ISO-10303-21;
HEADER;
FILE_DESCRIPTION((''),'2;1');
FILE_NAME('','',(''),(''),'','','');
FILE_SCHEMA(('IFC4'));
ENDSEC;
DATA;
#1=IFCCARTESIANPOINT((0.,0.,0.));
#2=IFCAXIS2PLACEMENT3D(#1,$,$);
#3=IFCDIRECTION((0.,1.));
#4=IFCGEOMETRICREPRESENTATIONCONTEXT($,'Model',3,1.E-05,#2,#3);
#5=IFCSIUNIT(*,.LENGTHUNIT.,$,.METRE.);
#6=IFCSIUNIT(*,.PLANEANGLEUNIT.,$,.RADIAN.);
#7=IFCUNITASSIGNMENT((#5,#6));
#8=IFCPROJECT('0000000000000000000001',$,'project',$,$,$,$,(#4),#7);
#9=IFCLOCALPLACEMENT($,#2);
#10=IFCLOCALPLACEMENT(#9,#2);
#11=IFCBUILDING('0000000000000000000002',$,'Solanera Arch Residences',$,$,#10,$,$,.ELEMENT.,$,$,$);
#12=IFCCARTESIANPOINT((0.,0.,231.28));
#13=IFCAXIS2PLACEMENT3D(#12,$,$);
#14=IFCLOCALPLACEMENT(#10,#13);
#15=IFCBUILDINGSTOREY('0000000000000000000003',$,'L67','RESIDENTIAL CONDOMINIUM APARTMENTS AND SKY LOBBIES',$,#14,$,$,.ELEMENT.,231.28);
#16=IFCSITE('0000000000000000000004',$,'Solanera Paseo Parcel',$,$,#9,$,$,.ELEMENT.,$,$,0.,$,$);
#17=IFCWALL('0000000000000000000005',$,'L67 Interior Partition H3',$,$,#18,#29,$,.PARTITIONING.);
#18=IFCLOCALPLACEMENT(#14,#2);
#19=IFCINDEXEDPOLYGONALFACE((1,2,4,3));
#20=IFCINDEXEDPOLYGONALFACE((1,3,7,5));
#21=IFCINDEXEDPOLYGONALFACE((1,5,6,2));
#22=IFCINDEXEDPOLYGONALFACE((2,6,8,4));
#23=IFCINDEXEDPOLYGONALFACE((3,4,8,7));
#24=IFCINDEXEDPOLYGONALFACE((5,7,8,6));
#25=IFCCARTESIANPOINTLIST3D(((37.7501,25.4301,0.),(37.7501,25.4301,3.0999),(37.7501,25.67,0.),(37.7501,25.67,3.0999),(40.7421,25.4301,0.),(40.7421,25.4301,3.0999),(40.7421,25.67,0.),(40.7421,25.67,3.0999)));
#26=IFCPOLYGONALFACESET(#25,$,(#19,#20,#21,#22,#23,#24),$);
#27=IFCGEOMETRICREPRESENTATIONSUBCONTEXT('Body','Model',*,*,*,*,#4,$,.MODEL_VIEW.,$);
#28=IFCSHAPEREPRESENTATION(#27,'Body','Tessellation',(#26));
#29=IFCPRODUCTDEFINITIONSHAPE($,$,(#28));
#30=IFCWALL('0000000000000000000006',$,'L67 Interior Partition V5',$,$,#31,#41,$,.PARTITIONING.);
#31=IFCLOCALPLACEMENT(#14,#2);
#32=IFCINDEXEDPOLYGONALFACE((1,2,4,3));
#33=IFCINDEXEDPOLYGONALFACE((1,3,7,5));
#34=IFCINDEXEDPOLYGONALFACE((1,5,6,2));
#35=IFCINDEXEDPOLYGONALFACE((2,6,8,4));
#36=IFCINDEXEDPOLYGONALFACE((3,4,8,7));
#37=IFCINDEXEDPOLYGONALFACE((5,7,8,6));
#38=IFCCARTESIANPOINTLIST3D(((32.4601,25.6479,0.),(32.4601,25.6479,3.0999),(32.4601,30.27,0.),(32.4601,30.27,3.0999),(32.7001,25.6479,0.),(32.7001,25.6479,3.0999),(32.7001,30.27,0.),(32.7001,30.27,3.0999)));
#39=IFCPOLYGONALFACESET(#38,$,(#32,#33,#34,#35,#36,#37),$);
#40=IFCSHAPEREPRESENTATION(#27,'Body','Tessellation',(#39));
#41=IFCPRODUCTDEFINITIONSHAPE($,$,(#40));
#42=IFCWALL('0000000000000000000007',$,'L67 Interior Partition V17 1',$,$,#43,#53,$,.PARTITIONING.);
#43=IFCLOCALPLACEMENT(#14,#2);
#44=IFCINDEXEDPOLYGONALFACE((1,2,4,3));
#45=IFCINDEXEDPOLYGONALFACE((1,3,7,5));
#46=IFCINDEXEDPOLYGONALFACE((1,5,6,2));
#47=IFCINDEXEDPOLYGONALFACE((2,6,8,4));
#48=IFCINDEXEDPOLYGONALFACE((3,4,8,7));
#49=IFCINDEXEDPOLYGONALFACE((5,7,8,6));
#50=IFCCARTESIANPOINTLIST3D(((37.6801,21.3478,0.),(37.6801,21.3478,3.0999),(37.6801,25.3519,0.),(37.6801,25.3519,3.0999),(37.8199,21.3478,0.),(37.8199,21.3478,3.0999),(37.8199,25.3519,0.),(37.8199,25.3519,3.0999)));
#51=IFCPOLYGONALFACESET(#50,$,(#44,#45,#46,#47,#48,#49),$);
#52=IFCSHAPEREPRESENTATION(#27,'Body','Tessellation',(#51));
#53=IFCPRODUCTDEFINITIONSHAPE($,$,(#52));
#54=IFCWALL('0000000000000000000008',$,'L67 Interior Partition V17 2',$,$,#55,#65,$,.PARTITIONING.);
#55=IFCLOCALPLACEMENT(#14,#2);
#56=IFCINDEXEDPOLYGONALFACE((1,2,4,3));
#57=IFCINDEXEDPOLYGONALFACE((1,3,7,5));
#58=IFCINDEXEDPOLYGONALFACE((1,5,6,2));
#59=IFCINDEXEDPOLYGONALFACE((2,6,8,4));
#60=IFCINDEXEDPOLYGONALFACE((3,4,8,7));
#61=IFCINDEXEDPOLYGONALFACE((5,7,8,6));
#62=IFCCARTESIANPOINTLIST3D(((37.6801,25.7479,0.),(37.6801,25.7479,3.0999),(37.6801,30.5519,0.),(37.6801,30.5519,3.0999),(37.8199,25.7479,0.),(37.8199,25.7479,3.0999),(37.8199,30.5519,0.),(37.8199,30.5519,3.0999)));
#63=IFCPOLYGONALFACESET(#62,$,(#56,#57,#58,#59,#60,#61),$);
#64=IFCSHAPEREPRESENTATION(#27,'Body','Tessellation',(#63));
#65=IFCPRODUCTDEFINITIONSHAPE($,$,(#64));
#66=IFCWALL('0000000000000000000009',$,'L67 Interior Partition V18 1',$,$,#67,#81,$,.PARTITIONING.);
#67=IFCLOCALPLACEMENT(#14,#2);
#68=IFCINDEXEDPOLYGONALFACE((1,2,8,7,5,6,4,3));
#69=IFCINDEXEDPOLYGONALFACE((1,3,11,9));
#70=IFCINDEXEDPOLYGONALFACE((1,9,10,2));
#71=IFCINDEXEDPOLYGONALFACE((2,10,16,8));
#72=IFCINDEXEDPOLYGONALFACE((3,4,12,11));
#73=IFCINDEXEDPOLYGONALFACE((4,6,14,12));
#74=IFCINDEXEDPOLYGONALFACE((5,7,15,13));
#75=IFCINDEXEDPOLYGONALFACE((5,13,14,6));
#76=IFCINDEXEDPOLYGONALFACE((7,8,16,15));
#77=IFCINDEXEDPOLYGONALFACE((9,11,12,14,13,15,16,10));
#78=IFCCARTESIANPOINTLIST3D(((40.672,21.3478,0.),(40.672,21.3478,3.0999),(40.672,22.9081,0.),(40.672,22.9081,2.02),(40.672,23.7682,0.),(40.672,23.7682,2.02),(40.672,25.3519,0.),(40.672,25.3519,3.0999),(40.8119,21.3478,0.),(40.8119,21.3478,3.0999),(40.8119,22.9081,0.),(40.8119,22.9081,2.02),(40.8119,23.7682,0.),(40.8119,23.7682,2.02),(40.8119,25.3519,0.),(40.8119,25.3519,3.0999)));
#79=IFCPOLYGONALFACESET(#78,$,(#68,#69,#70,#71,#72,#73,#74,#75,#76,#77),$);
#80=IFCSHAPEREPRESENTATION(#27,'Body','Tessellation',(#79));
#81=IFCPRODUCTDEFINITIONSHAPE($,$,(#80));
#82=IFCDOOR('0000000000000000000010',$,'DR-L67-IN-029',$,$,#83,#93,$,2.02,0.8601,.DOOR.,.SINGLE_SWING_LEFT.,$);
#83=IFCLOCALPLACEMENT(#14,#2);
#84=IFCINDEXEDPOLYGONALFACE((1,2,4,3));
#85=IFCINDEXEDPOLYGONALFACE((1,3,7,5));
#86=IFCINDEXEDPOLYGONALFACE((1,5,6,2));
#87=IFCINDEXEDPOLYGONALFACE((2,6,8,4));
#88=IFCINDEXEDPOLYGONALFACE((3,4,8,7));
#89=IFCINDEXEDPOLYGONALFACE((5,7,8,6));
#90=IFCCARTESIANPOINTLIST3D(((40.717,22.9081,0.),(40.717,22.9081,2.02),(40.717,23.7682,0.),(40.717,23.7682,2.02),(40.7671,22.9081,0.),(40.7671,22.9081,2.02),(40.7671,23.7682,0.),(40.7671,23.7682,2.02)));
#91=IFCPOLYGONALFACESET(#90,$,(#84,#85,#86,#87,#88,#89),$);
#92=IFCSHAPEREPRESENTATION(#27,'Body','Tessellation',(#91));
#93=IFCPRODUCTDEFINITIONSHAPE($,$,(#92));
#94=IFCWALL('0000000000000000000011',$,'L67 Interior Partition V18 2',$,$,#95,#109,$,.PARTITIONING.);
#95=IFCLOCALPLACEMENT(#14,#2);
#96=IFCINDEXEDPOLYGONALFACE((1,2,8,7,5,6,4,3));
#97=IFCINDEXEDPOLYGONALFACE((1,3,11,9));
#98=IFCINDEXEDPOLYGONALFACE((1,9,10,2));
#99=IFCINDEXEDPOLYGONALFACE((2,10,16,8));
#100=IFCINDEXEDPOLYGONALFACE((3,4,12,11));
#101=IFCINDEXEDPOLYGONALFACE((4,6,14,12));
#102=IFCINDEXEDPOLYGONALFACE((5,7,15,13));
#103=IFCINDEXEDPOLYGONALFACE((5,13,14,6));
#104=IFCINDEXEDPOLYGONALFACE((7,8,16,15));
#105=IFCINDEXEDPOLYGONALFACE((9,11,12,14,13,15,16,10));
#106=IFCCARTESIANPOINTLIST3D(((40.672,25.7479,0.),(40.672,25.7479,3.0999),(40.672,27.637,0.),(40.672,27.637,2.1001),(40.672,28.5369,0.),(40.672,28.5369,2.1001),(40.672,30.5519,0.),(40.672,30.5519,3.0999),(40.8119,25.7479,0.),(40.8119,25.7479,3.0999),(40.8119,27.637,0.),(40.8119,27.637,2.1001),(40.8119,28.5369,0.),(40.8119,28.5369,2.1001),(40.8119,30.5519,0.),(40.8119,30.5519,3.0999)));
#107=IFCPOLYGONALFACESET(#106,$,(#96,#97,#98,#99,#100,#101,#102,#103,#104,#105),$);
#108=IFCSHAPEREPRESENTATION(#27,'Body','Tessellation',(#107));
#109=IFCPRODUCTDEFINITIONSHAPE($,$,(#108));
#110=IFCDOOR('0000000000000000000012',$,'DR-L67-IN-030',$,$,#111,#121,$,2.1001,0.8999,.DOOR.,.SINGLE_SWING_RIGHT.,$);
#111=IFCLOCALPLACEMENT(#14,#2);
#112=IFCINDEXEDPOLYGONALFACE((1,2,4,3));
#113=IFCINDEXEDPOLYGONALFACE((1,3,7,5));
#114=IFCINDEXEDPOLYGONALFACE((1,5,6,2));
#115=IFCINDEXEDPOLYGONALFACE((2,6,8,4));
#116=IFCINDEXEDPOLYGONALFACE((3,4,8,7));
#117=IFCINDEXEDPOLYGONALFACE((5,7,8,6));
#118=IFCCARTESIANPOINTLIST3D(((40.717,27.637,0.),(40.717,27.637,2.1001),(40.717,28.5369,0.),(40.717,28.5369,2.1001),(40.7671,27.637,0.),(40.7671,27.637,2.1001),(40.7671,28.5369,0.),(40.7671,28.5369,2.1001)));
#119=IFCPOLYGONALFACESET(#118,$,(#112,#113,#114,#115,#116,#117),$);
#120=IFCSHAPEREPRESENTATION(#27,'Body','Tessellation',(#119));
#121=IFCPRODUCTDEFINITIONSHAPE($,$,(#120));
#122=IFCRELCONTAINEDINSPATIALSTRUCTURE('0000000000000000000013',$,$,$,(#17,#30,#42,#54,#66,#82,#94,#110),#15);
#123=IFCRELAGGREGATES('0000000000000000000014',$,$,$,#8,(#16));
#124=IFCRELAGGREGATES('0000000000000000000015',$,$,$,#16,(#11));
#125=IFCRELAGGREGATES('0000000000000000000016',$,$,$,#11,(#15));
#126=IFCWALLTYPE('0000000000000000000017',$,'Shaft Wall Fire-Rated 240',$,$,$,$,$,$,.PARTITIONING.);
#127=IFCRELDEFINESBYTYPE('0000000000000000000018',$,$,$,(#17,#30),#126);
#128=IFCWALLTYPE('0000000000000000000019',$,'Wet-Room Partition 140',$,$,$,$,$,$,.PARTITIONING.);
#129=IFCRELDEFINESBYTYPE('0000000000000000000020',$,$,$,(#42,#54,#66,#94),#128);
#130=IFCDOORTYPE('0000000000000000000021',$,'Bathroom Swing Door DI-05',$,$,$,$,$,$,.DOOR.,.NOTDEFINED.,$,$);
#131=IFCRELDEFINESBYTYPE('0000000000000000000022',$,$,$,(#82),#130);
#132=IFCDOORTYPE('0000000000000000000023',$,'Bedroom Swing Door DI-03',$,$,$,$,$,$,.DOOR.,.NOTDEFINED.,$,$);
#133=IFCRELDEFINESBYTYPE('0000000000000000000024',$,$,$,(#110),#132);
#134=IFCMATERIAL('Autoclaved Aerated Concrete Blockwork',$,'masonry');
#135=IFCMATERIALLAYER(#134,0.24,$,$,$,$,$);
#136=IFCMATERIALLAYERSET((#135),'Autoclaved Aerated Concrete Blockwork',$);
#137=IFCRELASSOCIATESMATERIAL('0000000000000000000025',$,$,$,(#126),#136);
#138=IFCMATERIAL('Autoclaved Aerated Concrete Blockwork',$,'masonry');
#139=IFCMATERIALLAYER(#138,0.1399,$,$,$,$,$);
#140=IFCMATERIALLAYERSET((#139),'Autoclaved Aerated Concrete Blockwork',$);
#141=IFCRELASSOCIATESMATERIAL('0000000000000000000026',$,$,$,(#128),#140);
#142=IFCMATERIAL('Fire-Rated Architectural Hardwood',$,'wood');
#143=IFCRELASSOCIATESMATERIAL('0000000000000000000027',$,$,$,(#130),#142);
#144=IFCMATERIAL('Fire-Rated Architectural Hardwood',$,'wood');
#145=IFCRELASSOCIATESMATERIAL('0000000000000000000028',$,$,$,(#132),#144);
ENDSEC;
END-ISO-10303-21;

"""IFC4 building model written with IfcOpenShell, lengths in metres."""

from ifc_helpers import new_model, si_unit, direction, frame, frame_2d, origin, place, context, subcontext, project, spatial, rectangle, extrude, material, layer, layer_set, type_object, element, fill, save


model = new_model("IFC4")

# Units and contexts
model_context = context("Model", 3, precision=1e-05, world=origin(), true_north=direction((0.0, 1.0)))
body_context = subcontext(model_context, "Body", "Model", "MODEL_VIEW")
ifc_project = project(units=[si_unit("LENGTHUNIT", "METRE"), si_unit("PLANEANGLEUNIT", "RADIAN")], contexts=[model_context])

# Site, building, storey
site_placement = place(None, origin())
site = spatial("IfcSite", under=ifc_project, at=site_placement, Name="Solanera Paseo Parcel", CompositionType="ELEMENT", RefElevation=0.0)
building_placement = place(site_placement, origin())
building = spatial("IfcBuilding", under=site, at=building_placement, Name="Solanera Arch Residences", CompositionType="ELEMENT")
storey_placement = place(building_placement, frame((0.0, 0.0, 231.28)))
storey = spatial("IfcBuildingStorey", under=building, at=storey_placement, Name="L67", Description="RESIDENTIAL CONDOMINIUM APARTMENTS AND SKY LOBBIES", CompositionType="ELEMENT", Elevation=231.28)

# Shared definitions
ifc_material_1 = material(Name="Autoclaved Aerated Concrete Blockwork", Category="masonry")
ifc_layer_1 = layer(ifc_material_1, 0.24)
ifc_layer_set_1 = layer_set([ifc_layer_1], Name="Autoclaved Aerated Concrete Blockwork")
wall_type_1 = type_object("IfcWallType", Name="Shaft Wall Fire-Rated 240", PredefinedType="PARTITIONING", material=ifc_layer_set_1)

# Walls
wall_1_placement = place(storey_placement, frame((37.75, 25.55, 0.0), z_axis=(0.0, 0.0, 1.0), x_axis=(1.0, 0.0, 0.0)))
element("IfcWall", 1, at=wall_1_placement, inside=storey, type_object=wall_type_1, Name="L67 Interior Partition H3", PredefinedType="PARTITIONING", context=body_context, shape_type="SweptSolid", body=[
    extrude(rectangle(XDim=2.9919, YDim=0.24, at=frame_2d((1.4961, 0.0))), origin(), (0.0, 0.0, 1.0), 3.0999),
])
wall_2_placement = place(storey_placement, frame((32.5801, 25.6479, 0.0), z_axis=(0.0, 0.0, 1.0), x_axis=(0.0, 1.0, 0.0)))
element("IfcWall", 2, at=wall_2_placement, inside=storey, type_object=wall_type_1, Name="L67 Interior Partition V5", PredefinedType="PARTITIONING", context=body_context, shape_type="SweptSolid", body=[
    extrude(rectangle(XDim=4.6221, YDim=0.24, at=frame_2d((2.311, 0.0))), origin(), (0.0, 0.0, 1.0), 3.0999),
])
ifc_material_2 = material(Name="Autoclaved Aerated Concrete Blockwork", Category="masonry")
ifc_layer_2 = layer(ifc_material_2, 0.1399)
ifc_layer_set_2 = layer_set([ifc_layer_2], Name="Autoclaved Aerated Concrete Blockwork")
wall_type_2 = type_object("IfcWallType", Name="Wet-Room Partition 140", PredefinedType="PARTITIONING", material=ifc_layer_set_2)
wall_3_placement = place(storey_placement, frame((37.75, 21.3479, 0.0), z_axis=(0.0, 0.0, 1.0), x_axis=(0.0, 1.0, 0.0)))
element("IfcWall", 3, at=wall_3_placement, inside=storey, type_object=wall_type_2, Name="L67 Interior Partition V17 1", PredefinedType="PARTITIONING", context=body_context, shape_type="SweptSolid", body=[
    extrude(rectangle(XDim=4.0042, YDim=0.1399, at=frame_2d((2.002, 0.0))), origin(), (0.0, 0.0, 1.0), 3.0999),
])
wall_4_placement = place(storey_placement, frame((37.75, 25.748, 0.0), z_axis=(0.0, 0.0, 1.0), x_axis=(0.0, 1.0, 0.0)))
element("IfcWall", 4, at=wall_4_placement, inside=storey, type_object=wall_type_2, Name="L67 Interior Partition V17 2", PredefinedType="PARTITIONING", context=body_context, shape_type="SweptSolid", body=[
    extrude(rectangle(XDim=4.804, YDim=0.1399, at=frame_2d((2.4019, 0.0))), origin(), (0.0, 0.0, 1.0), 3.0999),
])

# Walls, openings, doors
wall_5_placement = place(storey_placement, frame((40.7419, 21.3479, 0.0), z_axis=(0.0, 0.0, 1.0), x_axis=(0.0, 1.0, 0.0)))
wall_5 = element("IfcWall", 5, at=wall_5_placement, inside=storey, type_object=wall_type_2, Name="L67 Interior Partition V18 1", PredefinedType="PARTITIONING", context=body_context, shape_type="SweptSolid", body=[
    extrude(rectangle(XDim=4.0042, YDim=0.1399, at=frame_2d((2.002, 0.0))), origin(), (0.0, 0.0, 1.0), 3.0999),
])
opening_1_placement = place(wall_5_placement, frame((1.5601, 0.0, 0.0)))
opening_1 = element("IfcOpeningElement", 6, at=opening_1_placement, cuts=wall_5, PredefinedType="OPENING", context=body_context, shape_type="SweptSolid", body=[
    extrude(rectangle(XDim=0.8601, YDim=2.02, at=frame_2d((0.4302, 1.01))), frame((0.0, 0.0798, 0.0), z_axis=(0.0, -1.0, 0.0), x_axis=(1.0, 0.0, 0.0)), (0.0, 0.0, 1.0), 0.1599),
])
ifc_material_3 = material(Name="Fire-Rated Architectural Hardwood", Category="wood")
door_type_1 = type_object("IfcDoorType", Name="Bathroom Swing Door DI-05", OperationType="NOTDEFINED", PredefinedType="DOOR", material=ifc_material_3)
door_1_placement = place(opening_1_placement, origin())
door_1 = element("IfcDoor", 7, at=door_1_placement, inside=storey, type_object=door_type_1, Name="DR-L67-IN-029", OperationType="SINGLE_SWING_LEFT", OverallHeight=2.02, OverallWidth=0.8601, PredefinedType="DOOR", context=body_context, shape_type="SweptSolid", body=[
    extrude(rectangle(XDim=0.8601, YDim=2.02, at=frame_2d((0.4302, 1.01))), frame((0.0, 0.0249, 0.0), z_axis=(0.0, -1.0, 0.0), x_axis=(1.0, 0.0, 0.0)), (0.0, 0.0, 1.0), 0.05),
])
fill(opening_1, door_1)
wall_6_placement = place(storey_placement, frame((40.7419, 25.748, 0.0), z_axis=(0.0, 0.0, 1.0), x_axis=(0.0, 1.0, 0.0)))
wall_6 = element("IfcWall", 8, at=wall_6_placement, inside=storey, type_object=wall_type_2, Name="L67 Interior Partition V18 2", PredefinedType="PARTITIONING", context=body_context, shape_type="SweptSolid", body=[
    extrude(rectangle(XDim=4.804, YDim=0.1399, at=frame_2d((2.4019, 0.0))), origin(), (0.0, 0.0, 1.0), 3.0999),
])
opening_2_placement = place(wall_6_placement, frame((1.8889, 0.0, 0.0)))
opening_2 = element("IfcOpeningElement", 9, at=opening_2_placement, cuts=wall_6, PredefinedType="OPENING", context=body_context, shape_type="SweptSolid", body=[
    extrude(rectangle(XDim=0.8999, YDim=2.1001, at=frame_2d((0.45, 1.05))), frame((0.0, 0.0798, 0.0), z_axis=(0.0, -1.0, 0.0), x_axis=(1.0, 0.0, 0.0)), (0.0, 0.0, 1.0), 0.1599),
])
ifc_material_4 = material(Name="Fire-Rated Architectural Hardwood", Category="wood")
door_type_2 = type_object("IfcDoorType", Name="Bedroom Swing Door DI-03", OperationType="NOTDEFINED", PredefinedType="DOOR", material=ifc_material_4)
door_2_placement = place(opening_2_placement, origin())
door_2 = element("IfcDoor", 10, at=door_2_placement, inside=storey, type_object=door_type_2, Name="DR-L67-IN-030", OperationType="SINGLE_SWING_RIGHT", OverallHeight=2.1001, OverallWidth=0.8999, PredefinedType="DOOR", context=body_context, shape_type="SweptSolid", body=[
    extrude(rectangle(XDim=0.8999, YDim=2.1001, at=frame_2d((0.45, 1.05))), frame((0.0, 0.0249, 0.0), z_axis=(0.0, -1.0, 0.0), x_axis=(1.0, 0.0, 0.0)), (0.0, 0.0, 1.0), 0.05),
])
fill(opening_2, door_2)

save(model, "model.ifc")
